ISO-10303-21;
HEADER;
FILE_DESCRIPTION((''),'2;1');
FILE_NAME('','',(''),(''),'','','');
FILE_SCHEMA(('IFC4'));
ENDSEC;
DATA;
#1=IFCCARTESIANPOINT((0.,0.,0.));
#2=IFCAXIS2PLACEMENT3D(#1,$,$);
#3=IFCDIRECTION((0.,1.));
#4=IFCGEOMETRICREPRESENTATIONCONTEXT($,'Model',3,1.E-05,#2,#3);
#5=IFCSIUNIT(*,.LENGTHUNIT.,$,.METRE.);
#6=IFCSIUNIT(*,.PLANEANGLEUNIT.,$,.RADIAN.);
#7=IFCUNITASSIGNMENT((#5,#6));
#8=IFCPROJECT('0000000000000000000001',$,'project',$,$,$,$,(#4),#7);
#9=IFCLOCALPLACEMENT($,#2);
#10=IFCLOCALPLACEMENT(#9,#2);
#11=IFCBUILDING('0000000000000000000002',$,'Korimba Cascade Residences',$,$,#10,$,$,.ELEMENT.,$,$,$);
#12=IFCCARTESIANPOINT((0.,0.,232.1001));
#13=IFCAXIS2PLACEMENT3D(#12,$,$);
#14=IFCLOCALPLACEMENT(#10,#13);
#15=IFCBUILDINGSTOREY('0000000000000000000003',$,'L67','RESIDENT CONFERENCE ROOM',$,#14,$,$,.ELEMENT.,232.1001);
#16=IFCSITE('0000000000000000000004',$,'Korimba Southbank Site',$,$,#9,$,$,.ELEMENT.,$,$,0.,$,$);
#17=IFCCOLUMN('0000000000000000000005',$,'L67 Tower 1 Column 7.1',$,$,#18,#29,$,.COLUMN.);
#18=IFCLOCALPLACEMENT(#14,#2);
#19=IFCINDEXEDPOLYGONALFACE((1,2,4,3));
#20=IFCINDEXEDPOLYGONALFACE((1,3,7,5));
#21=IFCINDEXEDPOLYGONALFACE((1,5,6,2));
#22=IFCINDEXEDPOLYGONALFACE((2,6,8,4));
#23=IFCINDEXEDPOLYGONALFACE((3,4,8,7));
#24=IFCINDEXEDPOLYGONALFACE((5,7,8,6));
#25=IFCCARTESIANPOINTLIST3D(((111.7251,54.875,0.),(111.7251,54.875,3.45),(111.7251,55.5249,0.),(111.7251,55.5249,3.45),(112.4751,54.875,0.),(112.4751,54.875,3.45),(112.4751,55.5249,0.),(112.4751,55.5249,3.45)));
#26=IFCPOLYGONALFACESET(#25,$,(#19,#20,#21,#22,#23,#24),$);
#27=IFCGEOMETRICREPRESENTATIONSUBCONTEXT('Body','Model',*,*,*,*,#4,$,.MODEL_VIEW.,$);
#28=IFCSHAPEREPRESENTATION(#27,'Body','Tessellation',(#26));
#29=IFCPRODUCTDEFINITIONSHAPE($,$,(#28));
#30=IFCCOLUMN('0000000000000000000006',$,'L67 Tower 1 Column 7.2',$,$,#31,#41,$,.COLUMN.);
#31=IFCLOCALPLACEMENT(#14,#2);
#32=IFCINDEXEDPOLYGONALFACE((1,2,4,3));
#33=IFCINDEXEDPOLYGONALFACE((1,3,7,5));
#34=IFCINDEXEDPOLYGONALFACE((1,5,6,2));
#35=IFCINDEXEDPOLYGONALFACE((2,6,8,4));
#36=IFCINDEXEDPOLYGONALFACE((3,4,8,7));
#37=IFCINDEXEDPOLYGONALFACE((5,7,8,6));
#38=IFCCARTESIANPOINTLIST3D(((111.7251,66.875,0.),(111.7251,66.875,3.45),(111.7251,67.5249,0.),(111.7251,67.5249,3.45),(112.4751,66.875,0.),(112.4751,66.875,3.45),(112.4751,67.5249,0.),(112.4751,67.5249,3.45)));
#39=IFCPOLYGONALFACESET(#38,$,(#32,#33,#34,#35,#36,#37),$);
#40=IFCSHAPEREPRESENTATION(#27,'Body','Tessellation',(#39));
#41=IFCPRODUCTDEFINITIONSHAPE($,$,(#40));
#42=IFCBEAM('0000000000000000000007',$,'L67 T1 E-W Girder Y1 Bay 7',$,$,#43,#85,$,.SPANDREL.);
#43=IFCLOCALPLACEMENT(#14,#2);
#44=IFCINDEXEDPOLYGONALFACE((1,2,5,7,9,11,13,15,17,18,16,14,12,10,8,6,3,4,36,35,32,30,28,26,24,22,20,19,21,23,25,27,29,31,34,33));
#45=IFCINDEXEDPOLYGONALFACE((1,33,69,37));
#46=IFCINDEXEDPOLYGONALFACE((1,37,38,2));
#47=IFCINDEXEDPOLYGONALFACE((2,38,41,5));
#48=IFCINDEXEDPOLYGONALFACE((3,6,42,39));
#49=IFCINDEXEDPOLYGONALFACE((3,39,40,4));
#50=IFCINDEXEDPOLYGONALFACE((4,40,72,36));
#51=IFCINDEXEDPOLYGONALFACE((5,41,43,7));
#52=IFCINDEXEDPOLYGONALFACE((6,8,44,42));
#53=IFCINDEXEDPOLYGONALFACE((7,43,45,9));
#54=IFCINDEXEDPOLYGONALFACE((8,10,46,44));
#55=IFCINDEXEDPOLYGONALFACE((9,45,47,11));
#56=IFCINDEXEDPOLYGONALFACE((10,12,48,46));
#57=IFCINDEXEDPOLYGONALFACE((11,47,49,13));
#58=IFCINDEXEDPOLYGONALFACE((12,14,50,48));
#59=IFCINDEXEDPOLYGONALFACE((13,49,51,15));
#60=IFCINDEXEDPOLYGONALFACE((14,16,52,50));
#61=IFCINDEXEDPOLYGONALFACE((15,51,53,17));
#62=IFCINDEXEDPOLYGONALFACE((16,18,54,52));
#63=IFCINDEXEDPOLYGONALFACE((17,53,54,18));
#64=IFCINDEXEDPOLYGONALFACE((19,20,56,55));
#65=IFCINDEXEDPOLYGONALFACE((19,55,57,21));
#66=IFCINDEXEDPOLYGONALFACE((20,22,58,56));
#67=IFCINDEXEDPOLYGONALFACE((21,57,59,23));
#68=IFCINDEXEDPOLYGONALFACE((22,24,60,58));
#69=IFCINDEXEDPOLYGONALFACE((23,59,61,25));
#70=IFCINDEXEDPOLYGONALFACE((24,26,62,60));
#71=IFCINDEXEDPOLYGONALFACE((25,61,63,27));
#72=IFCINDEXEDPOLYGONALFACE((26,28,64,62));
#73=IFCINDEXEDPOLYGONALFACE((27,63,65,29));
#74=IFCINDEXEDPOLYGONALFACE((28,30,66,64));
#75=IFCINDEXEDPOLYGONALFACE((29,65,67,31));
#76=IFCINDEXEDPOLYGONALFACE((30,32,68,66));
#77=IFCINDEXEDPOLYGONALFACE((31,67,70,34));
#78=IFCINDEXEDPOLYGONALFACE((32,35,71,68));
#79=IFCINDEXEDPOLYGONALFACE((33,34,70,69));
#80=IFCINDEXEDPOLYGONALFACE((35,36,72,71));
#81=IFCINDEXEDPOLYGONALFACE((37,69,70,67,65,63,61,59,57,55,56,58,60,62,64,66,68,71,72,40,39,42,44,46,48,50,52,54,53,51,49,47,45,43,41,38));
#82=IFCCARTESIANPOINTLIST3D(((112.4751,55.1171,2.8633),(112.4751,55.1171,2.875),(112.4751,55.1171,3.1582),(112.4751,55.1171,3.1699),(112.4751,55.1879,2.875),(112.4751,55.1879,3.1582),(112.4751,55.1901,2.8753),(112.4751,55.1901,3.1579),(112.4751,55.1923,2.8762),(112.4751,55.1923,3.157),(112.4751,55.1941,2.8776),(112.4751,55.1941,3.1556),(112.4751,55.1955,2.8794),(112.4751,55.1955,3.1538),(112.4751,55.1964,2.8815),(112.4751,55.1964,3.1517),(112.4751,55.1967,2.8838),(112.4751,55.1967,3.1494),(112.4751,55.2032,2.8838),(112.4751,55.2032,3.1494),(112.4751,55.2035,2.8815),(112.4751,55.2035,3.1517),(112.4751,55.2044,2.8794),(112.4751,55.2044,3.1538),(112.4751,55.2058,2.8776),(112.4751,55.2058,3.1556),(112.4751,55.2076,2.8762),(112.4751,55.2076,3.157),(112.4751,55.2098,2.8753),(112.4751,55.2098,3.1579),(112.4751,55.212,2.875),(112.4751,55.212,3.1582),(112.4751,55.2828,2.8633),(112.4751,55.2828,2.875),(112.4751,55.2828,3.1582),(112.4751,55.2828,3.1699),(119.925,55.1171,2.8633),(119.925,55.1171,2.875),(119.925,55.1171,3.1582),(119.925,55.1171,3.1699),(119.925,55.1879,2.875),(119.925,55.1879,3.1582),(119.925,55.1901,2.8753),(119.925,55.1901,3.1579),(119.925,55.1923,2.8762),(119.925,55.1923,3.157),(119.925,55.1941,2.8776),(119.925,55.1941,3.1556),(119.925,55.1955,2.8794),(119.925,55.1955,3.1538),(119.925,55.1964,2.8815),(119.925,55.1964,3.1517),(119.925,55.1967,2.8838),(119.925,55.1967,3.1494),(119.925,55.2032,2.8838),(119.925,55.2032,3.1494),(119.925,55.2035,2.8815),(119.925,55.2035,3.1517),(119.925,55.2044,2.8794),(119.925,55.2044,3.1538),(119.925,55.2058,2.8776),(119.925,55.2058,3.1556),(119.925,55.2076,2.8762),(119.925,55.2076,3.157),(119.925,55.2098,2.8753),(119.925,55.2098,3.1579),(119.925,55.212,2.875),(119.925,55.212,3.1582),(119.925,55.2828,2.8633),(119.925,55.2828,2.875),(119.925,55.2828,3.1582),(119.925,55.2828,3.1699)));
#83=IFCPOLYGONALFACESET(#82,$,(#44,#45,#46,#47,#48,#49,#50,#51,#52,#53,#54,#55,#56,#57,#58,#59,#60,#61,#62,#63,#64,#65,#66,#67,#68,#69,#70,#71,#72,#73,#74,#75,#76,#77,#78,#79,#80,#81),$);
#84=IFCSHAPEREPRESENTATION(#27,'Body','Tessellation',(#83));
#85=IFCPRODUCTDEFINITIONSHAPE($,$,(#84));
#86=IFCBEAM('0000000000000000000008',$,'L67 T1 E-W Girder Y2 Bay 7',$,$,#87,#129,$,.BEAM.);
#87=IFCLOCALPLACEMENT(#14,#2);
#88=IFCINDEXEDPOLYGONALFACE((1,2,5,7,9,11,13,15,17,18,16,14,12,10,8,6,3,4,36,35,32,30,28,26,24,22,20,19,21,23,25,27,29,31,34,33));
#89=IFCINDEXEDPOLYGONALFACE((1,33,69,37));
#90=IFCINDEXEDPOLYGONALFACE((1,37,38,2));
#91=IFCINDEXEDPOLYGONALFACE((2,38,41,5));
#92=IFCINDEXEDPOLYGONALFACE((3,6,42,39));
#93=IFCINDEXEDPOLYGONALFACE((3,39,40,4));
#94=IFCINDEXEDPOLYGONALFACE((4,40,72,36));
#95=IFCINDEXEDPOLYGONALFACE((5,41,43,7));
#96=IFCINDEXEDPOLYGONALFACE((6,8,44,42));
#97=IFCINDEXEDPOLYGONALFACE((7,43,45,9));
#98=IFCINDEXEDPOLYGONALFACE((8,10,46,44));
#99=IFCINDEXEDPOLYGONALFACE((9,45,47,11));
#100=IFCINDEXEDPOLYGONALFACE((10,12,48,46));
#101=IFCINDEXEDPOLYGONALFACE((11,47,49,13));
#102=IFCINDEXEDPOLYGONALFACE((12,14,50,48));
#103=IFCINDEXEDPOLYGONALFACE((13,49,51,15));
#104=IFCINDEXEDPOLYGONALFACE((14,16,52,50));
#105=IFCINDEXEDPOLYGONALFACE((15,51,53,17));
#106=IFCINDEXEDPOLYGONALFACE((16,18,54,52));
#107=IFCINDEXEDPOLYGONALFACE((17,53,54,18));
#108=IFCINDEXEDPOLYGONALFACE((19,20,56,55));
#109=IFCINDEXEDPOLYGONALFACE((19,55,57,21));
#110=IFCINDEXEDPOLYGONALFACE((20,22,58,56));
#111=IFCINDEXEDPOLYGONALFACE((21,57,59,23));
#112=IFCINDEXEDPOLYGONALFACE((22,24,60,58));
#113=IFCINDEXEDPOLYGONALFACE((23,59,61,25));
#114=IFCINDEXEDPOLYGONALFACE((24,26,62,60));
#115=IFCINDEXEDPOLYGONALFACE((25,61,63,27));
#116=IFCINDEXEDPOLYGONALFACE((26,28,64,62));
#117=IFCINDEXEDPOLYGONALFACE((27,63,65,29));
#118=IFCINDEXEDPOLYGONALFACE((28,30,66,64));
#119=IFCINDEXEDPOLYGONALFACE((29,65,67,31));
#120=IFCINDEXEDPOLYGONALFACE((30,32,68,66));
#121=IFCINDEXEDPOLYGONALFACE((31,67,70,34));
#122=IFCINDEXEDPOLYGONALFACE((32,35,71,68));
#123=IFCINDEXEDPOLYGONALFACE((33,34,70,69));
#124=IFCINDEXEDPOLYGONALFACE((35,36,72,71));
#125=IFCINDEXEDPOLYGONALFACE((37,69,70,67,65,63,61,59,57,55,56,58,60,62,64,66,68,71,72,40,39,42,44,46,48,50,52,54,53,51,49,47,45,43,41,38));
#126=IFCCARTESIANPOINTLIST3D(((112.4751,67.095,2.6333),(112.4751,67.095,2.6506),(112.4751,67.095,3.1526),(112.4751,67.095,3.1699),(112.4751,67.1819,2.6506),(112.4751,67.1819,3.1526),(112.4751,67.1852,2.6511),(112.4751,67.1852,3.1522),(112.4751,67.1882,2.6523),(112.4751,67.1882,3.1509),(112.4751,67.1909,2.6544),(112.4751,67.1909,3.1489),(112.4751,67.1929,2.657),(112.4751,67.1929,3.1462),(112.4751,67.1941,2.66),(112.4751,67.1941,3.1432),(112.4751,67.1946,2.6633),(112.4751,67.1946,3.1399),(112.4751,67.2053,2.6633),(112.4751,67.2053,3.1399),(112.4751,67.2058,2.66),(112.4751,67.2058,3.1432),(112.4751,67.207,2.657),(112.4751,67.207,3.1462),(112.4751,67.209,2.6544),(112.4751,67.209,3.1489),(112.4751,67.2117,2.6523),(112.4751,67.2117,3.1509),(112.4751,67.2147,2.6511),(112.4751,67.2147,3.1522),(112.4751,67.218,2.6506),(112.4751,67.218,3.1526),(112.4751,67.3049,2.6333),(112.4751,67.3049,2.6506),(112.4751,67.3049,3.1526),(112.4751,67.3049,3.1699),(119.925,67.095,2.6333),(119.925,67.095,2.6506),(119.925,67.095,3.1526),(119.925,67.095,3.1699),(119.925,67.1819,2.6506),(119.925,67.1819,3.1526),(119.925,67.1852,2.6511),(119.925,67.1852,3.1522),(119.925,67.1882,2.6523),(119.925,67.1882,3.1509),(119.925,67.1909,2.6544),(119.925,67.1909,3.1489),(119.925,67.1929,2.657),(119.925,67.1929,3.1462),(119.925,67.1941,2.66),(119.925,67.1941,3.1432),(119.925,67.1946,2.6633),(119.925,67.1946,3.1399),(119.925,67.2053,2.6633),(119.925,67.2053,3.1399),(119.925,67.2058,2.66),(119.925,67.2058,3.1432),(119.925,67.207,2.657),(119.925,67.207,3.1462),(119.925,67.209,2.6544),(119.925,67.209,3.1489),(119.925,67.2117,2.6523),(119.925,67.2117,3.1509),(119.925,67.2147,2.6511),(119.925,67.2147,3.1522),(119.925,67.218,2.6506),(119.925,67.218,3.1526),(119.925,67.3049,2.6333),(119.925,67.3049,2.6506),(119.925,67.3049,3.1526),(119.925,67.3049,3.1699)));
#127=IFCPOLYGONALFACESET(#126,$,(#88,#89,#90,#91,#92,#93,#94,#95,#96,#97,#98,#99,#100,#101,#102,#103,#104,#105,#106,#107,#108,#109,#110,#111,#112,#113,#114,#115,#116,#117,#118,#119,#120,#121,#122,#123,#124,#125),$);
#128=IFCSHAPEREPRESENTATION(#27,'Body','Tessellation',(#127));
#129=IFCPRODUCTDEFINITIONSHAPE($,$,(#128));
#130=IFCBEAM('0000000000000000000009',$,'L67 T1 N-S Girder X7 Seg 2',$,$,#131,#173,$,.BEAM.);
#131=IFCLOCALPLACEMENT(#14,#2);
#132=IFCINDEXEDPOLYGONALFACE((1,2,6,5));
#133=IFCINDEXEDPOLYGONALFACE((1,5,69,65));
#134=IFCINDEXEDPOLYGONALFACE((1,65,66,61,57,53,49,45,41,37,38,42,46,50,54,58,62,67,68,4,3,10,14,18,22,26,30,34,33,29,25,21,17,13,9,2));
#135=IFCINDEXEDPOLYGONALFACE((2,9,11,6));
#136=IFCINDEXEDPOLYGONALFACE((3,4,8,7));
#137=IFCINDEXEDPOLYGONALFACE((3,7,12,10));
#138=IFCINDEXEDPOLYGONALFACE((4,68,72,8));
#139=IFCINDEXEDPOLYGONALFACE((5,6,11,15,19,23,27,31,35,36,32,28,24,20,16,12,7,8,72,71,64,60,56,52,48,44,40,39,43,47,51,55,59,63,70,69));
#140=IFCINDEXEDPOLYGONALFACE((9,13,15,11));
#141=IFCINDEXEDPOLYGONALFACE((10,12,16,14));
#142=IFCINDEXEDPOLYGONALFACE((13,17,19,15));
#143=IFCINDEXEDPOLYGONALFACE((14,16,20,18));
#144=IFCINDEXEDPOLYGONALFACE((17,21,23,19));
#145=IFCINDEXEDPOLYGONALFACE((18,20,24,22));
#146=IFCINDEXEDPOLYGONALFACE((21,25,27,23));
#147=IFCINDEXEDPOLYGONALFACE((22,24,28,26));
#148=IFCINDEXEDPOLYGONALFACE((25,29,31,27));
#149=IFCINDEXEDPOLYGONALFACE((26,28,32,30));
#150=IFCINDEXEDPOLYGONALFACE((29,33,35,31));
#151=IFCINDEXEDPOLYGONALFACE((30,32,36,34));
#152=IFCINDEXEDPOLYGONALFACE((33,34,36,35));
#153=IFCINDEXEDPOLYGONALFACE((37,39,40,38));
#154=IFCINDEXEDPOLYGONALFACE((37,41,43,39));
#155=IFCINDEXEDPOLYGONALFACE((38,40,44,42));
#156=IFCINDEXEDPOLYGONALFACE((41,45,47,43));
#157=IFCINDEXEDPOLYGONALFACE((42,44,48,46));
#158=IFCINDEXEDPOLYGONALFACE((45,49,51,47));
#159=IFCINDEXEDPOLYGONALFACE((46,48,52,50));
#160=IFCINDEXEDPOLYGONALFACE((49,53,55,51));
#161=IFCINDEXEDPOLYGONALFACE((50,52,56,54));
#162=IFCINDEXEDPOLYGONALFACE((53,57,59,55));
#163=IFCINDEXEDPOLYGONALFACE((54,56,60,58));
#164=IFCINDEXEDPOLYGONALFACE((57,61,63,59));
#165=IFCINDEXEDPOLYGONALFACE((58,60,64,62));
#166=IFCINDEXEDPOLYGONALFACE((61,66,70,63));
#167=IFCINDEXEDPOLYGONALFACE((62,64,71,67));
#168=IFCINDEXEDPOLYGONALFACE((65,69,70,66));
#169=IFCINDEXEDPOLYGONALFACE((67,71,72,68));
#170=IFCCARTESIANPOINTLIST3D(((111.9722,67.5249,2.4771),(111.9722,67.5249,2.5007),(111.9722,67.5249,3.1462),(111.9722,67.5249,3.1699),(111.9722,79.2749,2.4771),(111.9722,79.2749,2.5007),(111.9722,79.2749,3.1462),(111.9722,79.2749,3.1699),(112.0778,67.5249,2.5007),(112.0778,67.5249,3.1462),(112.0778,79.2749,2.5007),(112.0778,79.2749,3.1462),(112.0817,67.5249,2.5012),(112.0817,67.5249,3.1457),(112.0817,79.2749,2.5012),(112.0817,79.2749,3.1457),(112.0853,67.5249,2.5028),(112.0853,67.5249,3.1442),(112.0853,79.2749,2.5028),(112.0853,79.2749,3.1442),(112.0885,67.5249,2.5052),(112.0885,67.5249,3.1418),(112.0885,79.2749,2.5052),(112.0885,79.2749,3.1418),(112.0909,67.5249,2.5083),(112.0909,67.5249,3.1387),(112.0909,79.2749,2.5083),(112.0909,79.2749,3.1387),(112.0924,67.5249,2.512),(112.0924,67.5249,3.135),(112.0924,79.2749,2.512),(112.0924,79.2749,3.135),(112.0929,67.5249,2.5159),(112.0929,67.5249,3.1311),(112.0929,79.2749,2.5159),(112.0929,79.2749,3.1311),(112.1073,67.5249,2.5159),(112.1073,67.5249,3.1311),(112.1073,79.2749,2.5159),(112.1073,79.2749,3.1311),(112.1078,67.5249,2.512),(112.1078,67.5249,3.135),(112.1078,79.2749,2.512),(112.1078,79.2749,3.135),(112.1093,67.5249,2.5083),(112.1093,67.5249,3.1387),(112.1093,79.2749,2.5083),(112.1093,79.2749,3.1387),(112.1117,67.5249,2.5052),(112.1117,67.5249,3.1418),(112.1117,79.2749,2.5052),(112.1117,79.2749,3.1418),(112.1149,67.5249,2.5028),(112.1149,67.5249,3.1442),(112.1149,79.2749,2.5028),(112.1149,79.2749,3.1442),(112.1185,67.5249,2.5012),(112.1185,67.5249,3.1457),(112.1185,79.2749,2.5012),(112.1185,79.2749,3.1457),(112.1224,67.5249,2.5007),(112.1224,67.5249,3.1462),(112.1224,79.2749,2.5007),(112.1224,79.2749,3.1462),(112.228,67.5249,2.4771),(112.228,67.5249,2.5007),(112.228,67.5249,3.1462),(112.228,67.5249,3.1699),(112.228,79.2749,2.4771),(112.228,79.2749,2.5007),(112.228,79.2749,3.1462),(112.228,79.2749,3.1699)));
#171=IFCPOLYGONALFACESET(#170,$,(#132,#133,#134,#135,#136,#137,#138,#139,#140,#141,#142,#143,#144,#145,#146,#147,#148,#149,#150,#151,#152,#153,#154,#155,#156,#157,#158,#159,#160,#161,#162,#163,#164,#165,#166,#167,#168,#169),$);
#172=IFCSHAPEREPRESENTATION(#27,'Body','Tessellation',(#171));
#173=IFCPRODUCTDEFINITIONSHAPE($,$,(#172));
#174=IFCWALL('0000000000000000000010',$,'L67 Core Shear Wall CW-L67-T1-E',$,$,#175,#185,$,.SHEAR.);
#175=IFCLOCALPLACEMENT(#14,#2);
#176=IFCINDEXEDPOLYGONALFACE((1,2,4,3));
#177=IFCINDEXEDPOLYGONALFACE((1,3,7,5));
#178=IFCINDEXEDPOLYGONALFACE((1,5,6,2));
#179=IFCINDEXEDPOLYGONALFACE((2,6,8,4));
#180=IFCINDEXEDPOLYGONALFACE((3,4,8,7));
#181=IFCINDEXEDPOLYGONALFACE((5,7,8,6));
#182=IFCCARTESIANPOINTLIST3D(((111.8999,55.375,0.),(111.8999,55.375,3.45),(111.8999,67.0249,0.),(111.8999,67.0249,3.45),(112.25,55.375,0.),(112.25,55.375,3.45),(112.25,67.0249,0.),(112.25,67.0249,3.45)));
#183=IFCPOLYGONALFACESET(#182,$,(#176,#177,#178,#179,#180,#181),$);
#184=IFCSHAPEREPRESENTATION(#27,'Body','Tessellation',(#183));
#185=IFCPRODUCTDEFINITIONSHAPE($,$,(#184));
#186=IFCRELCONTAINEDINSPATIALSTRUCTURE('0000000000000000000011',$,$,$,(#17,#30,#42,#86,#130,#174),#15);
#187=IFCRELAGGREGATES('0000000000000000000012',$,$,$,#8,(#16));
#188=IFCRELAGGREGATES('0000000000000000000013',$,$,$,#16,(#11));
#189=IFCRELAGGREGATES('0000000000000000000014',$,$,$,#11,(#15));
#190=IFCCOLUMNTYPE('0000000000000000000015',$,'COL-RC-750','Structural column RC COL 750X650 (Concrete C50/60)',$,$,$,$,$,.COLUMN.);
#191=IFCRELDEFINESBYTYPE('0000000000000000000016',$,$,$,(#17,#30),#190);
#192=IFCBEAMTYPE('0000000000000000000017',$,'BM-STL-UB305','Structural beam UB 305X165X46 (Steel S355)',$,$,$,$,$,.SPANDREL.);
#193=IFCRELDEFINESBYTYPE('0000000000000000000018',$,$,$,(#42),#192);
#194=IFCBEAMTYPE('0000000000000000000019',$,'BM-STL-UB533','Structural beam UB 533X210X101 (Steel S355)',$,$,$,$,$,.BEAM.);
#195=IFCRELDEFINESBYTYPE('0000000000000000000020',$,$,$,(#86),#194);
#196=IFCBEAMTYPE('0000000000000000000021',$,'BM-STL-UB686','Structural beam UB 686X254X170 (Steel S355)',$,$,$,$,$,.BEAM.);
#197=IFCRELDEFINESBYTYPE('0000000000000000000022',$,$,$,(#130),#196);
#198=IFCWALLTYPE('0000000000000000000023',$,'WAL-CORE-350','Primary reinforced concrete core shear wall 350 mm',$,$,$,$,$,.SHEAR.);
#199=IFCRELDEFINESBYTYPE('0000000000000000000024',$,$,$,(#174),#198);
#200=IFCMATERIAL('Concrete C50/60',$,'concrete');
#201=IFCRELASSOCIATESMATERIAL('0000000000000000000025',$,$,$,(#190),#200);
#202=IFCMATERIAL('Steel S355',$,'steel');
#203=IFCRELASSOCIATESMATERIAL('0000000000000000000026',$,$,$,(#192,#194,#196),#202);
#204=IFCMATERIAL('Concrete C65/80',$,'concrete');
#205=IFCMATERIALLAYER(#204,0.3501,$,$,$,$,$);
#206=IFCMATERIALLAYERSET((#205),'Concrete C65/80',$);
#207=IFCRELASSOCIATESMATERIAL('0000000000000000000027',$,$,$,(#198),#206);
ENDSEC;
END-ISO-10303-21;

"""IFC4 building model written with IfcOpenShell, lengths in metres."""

from ifc_helpers import new_model, si_unit, direction, frame, frame_2d, origin, origin_2d, place, context, subcontext, project, spatial, rectangle, i_section, extrude, material, layer, layer_set, material_profile, profile_set, type_object, element, save


model = new_model("IFC4")

# Units and contexts
model_context = context("Model", 3, precision=1e-05, world=origin(), true_north=direction((0.0, 1.0)))
body_context = subcontext(model_context, "Body", "Model", "MODEL_VIEW")
ifc_project = project(units=[si_unit("LENGTHUNIT", "METRE"), si_unit("PLANEANGLEUNIT", "RADIAN")], contexts=[model_context])

# Site, building, storey
site_placement = place(None, origin())
site = spatial("IfcSite", under=ifc_project, at=site_placement, Name="Korimba Southbank Site", CompositionType="ELEMENT", RefElevation=0.0)
building_placement = place(site_placement, origin())
building = spatial("IfcBuilding", under=site, at=building_placement, Name="Korimba Cascade Residences", CompositionType="ELEMENT")
storey_placement = place(building_placement, frame((0.0, 0.0, 232.1001)))
storey = spatial("IfcBuildingStorey", under=building, at=storey_placement, Name="L67", Description="RESIDENT CONFERENCE ROOM", CompositionType="ELEMENT", Elevation=232.1001)

# Columns
ifc_material_1 = material(Name="Concrete C50/60", Category="concrete")
ifc_material_profile_1 = material_profile(ifc_material_1, rectangle(XDim=0.75, YDim=0.6499, at=origin_2d()), Name="Concrete C50/60")
ifc_profile_set_1 = profile_set([ifc_material_profile_1], Name="Concrete C50/60")
column_type = type_object("IfcColumnType", Name="COL-RC-750", Description="Structural column RC COL 750X650 (Concrete C50/60)", PredefinedType="COLUMN", material=ifc_profile_set_1)
for number, where, z_axis, x_axis, name in (
    (1, (112.1001, 55.2, 0.0), (0.0, 0.0, 1.0), (1.0, 0.0, 0.0), "L67 Tower 1 Column 7.1"),
    (2, (112.1001, 67.2, 0.0), (0.0, 0.0, 1.0), (1.0, 0.0, 0.0), "L67 Tower 1 Column 7.2"),
):
    element("IfcColumn", number, at=place(storey_placement, frame(where, z_axis=z_axis, x_axis=x_axis)), inside=storey, type_object=column_type, Name=name, PredefinedType="COLUMN", context=body_context, shape_type="SweptSolid", body=[
        extrude(rectangle(XDim=0.75, YDim=0.6499, at=origin_2d()), origin(), (0.0, 0.0, 1.0), 3.45),
    ])

# Beams
ifc_material_2 = material(Name="Steel S355", Category="steel")
ifc_material_profile_2 = material_profile(ifc_material_2, i_section(OverallWidth=0.1658, OverallDepth=0.3066, WebThickness=0.0066, FlangeThickness=0.0117, FilletRadius=0.0088, at=origin_2d()), Name="Steel S355")
ifc_profile_set_2 = profile_set([ifc_material_profile_2], Name="Steel S355")
beam_type_1 = type_object("IfcBeamType", Name="BM-STL-UB305", Description="Structural beam UB 305X165X46 (Steel S355)", PredefinedType="SPANDREL", material=ifc_profile_set_2)
beam_1_placement = place(storey_placement, frame((112.4751, 55.2, 3.0166), z_axis=(1.0, 0.0, 0.0), x_axis=(0.0, 1.0, 0.0)))
element("IfcBeam", 3, at=beam_1_placement, inside=storey, type_object=beam_type_1, Name="L67 T1 E-W Girder Y1 Bay 7", PredefinedType="SPANDREL", context=body_context, shape_type="SweptSolid", body=[
    extrude(i_section(OverallWidth=0.1658, OverallDepth=0.3066, WebThickness=0.0066, FlangeThickness=0.0117, FilletRadius=0.0088, at=origin_2d()), origin(), (0.0, 0.0, 1.0), 7.45),
])
ifc_material_profile_3 = material_profile(ifc_material_2, i_section(OverallWidth=0.21, OverallDepth=0.5366, WebThickness=0.0107, FlangeThickness=0.0173, FilletRadius=0.0127, at=origin_2d()), Name="Steel S355")
ifc_profile_set_3 = profile_set([ifc_material_profile_3], Name="Steel S355")
beam_type_2 = type_object("IfcBeamType", Name="BM-STL-UB533", Description="Structural beam UB 533X210X101 (Steel S355)", PredefinedType="BEAM", material=ifc_profile_set_3)
beam_2_placement = place(storey_placement, frame((112.4751, 67.2, 2.9016), z_axis=(1.0, 0.0, 0.0), x_axis=(0.0, 1.0, 0.0)))
element("IfcBeam", 4, at=beam_2_placement, inside=storey, type_object=beam_type_2, Name="L67 T1 E-W Girder Y2 Bay 7", PredefinedType="BEAM", context=body_context, shape_type="SweptSolid", body=[
    extrude(i_section(OverallWidth=0.21, OverallDepth=0.5366, WebThickness=0.0107, FlangeThickness=0.0173, FilletRadius=0.0127, at=origin_2d()), origin(), (0.0, 0.0, 1.0), 7.45),
])
ifc_material_profile_4 = material_profile(ifc_material_2, i_section(OverallWidth=0.2559, OverallDepth=0.6929, WebThickness=0.0144, FlangeThickness=0.0237, FilletRadius=0.0151, at=origin_2d()), Name="Steel S355")
ifc_profile_set_4 = profile_set([ifc_material_profile_4], Name="Steel S355")
beam_type_3 = type_object("IfcBeamType", Name="BM-STL-UB686", Description="Structural beam UB 686X254X170 (Steel S355)", PredefinedType="BEAM", material=ifc_profile_set_4)
beam_3_placement = place(storey_placement, frame((112.1001, 67.5249, 2.8235), z_axis=(0.0, 1.0, 0.0), x_axis=(-1.0, 0.0, 0.0)))
element("IfcBeam", 5, at=beam_3_placement, inside=storey, type_object=beam_type_3, Name="L67 T1 N-S Girder X7 Seg 2", PredefinedType="BEAM", context=body_context, shape_type="SweptSolid", body=[
    extrude(i_section(OverallWidth=0.2559, OverallDepth=0.6929, WebThickness=0.0144, FlangeThickness=0.0237, FilletRadius=0.0151, at=origin_2d()), origin(), (0.0, 0.0, 1.0), 11.75),
])

# Wall
ifc_material_3 = material(Name="Concrete C65/80", Category="concrete")
ifc_layer_1 = layer(ifc_material_3, 0.3501)
ifc_layer_set_1 = layer_set([ifc_layer_1], Name="Concrete C65/80")
wall_type_1 = type_object("IfcWallType", Name="WAL-CORE-350", Description="Primary reinforced concrete core shear wall 350 mm", PredefinedType="SHEAR", material=ifc_layer_set_1)
wall_1_placement = place(storey_placement, frame((112.075, 55.375, 0.0), z_axis=(0.0, 0.0, 1.0), x_axis=(0.0, 1.0, 0.0)))
element("IfcWall", 6, at=wall_1_placement, inside=storey, type_object=wall_type_1, Name="L67 Core Shear Wall CW-L67-T1-E", PredefinedType="SHEAR", context=body_context, shape_type="SweptSolid", body=[
    extrude(rectangle(XDim=11.6499, YDim=0.3501, at=frame_2d((5.825, 0.0))), origin(), (0.0, 0.0, 1.0), 3.45),
])

save(model, "model.ifc")
